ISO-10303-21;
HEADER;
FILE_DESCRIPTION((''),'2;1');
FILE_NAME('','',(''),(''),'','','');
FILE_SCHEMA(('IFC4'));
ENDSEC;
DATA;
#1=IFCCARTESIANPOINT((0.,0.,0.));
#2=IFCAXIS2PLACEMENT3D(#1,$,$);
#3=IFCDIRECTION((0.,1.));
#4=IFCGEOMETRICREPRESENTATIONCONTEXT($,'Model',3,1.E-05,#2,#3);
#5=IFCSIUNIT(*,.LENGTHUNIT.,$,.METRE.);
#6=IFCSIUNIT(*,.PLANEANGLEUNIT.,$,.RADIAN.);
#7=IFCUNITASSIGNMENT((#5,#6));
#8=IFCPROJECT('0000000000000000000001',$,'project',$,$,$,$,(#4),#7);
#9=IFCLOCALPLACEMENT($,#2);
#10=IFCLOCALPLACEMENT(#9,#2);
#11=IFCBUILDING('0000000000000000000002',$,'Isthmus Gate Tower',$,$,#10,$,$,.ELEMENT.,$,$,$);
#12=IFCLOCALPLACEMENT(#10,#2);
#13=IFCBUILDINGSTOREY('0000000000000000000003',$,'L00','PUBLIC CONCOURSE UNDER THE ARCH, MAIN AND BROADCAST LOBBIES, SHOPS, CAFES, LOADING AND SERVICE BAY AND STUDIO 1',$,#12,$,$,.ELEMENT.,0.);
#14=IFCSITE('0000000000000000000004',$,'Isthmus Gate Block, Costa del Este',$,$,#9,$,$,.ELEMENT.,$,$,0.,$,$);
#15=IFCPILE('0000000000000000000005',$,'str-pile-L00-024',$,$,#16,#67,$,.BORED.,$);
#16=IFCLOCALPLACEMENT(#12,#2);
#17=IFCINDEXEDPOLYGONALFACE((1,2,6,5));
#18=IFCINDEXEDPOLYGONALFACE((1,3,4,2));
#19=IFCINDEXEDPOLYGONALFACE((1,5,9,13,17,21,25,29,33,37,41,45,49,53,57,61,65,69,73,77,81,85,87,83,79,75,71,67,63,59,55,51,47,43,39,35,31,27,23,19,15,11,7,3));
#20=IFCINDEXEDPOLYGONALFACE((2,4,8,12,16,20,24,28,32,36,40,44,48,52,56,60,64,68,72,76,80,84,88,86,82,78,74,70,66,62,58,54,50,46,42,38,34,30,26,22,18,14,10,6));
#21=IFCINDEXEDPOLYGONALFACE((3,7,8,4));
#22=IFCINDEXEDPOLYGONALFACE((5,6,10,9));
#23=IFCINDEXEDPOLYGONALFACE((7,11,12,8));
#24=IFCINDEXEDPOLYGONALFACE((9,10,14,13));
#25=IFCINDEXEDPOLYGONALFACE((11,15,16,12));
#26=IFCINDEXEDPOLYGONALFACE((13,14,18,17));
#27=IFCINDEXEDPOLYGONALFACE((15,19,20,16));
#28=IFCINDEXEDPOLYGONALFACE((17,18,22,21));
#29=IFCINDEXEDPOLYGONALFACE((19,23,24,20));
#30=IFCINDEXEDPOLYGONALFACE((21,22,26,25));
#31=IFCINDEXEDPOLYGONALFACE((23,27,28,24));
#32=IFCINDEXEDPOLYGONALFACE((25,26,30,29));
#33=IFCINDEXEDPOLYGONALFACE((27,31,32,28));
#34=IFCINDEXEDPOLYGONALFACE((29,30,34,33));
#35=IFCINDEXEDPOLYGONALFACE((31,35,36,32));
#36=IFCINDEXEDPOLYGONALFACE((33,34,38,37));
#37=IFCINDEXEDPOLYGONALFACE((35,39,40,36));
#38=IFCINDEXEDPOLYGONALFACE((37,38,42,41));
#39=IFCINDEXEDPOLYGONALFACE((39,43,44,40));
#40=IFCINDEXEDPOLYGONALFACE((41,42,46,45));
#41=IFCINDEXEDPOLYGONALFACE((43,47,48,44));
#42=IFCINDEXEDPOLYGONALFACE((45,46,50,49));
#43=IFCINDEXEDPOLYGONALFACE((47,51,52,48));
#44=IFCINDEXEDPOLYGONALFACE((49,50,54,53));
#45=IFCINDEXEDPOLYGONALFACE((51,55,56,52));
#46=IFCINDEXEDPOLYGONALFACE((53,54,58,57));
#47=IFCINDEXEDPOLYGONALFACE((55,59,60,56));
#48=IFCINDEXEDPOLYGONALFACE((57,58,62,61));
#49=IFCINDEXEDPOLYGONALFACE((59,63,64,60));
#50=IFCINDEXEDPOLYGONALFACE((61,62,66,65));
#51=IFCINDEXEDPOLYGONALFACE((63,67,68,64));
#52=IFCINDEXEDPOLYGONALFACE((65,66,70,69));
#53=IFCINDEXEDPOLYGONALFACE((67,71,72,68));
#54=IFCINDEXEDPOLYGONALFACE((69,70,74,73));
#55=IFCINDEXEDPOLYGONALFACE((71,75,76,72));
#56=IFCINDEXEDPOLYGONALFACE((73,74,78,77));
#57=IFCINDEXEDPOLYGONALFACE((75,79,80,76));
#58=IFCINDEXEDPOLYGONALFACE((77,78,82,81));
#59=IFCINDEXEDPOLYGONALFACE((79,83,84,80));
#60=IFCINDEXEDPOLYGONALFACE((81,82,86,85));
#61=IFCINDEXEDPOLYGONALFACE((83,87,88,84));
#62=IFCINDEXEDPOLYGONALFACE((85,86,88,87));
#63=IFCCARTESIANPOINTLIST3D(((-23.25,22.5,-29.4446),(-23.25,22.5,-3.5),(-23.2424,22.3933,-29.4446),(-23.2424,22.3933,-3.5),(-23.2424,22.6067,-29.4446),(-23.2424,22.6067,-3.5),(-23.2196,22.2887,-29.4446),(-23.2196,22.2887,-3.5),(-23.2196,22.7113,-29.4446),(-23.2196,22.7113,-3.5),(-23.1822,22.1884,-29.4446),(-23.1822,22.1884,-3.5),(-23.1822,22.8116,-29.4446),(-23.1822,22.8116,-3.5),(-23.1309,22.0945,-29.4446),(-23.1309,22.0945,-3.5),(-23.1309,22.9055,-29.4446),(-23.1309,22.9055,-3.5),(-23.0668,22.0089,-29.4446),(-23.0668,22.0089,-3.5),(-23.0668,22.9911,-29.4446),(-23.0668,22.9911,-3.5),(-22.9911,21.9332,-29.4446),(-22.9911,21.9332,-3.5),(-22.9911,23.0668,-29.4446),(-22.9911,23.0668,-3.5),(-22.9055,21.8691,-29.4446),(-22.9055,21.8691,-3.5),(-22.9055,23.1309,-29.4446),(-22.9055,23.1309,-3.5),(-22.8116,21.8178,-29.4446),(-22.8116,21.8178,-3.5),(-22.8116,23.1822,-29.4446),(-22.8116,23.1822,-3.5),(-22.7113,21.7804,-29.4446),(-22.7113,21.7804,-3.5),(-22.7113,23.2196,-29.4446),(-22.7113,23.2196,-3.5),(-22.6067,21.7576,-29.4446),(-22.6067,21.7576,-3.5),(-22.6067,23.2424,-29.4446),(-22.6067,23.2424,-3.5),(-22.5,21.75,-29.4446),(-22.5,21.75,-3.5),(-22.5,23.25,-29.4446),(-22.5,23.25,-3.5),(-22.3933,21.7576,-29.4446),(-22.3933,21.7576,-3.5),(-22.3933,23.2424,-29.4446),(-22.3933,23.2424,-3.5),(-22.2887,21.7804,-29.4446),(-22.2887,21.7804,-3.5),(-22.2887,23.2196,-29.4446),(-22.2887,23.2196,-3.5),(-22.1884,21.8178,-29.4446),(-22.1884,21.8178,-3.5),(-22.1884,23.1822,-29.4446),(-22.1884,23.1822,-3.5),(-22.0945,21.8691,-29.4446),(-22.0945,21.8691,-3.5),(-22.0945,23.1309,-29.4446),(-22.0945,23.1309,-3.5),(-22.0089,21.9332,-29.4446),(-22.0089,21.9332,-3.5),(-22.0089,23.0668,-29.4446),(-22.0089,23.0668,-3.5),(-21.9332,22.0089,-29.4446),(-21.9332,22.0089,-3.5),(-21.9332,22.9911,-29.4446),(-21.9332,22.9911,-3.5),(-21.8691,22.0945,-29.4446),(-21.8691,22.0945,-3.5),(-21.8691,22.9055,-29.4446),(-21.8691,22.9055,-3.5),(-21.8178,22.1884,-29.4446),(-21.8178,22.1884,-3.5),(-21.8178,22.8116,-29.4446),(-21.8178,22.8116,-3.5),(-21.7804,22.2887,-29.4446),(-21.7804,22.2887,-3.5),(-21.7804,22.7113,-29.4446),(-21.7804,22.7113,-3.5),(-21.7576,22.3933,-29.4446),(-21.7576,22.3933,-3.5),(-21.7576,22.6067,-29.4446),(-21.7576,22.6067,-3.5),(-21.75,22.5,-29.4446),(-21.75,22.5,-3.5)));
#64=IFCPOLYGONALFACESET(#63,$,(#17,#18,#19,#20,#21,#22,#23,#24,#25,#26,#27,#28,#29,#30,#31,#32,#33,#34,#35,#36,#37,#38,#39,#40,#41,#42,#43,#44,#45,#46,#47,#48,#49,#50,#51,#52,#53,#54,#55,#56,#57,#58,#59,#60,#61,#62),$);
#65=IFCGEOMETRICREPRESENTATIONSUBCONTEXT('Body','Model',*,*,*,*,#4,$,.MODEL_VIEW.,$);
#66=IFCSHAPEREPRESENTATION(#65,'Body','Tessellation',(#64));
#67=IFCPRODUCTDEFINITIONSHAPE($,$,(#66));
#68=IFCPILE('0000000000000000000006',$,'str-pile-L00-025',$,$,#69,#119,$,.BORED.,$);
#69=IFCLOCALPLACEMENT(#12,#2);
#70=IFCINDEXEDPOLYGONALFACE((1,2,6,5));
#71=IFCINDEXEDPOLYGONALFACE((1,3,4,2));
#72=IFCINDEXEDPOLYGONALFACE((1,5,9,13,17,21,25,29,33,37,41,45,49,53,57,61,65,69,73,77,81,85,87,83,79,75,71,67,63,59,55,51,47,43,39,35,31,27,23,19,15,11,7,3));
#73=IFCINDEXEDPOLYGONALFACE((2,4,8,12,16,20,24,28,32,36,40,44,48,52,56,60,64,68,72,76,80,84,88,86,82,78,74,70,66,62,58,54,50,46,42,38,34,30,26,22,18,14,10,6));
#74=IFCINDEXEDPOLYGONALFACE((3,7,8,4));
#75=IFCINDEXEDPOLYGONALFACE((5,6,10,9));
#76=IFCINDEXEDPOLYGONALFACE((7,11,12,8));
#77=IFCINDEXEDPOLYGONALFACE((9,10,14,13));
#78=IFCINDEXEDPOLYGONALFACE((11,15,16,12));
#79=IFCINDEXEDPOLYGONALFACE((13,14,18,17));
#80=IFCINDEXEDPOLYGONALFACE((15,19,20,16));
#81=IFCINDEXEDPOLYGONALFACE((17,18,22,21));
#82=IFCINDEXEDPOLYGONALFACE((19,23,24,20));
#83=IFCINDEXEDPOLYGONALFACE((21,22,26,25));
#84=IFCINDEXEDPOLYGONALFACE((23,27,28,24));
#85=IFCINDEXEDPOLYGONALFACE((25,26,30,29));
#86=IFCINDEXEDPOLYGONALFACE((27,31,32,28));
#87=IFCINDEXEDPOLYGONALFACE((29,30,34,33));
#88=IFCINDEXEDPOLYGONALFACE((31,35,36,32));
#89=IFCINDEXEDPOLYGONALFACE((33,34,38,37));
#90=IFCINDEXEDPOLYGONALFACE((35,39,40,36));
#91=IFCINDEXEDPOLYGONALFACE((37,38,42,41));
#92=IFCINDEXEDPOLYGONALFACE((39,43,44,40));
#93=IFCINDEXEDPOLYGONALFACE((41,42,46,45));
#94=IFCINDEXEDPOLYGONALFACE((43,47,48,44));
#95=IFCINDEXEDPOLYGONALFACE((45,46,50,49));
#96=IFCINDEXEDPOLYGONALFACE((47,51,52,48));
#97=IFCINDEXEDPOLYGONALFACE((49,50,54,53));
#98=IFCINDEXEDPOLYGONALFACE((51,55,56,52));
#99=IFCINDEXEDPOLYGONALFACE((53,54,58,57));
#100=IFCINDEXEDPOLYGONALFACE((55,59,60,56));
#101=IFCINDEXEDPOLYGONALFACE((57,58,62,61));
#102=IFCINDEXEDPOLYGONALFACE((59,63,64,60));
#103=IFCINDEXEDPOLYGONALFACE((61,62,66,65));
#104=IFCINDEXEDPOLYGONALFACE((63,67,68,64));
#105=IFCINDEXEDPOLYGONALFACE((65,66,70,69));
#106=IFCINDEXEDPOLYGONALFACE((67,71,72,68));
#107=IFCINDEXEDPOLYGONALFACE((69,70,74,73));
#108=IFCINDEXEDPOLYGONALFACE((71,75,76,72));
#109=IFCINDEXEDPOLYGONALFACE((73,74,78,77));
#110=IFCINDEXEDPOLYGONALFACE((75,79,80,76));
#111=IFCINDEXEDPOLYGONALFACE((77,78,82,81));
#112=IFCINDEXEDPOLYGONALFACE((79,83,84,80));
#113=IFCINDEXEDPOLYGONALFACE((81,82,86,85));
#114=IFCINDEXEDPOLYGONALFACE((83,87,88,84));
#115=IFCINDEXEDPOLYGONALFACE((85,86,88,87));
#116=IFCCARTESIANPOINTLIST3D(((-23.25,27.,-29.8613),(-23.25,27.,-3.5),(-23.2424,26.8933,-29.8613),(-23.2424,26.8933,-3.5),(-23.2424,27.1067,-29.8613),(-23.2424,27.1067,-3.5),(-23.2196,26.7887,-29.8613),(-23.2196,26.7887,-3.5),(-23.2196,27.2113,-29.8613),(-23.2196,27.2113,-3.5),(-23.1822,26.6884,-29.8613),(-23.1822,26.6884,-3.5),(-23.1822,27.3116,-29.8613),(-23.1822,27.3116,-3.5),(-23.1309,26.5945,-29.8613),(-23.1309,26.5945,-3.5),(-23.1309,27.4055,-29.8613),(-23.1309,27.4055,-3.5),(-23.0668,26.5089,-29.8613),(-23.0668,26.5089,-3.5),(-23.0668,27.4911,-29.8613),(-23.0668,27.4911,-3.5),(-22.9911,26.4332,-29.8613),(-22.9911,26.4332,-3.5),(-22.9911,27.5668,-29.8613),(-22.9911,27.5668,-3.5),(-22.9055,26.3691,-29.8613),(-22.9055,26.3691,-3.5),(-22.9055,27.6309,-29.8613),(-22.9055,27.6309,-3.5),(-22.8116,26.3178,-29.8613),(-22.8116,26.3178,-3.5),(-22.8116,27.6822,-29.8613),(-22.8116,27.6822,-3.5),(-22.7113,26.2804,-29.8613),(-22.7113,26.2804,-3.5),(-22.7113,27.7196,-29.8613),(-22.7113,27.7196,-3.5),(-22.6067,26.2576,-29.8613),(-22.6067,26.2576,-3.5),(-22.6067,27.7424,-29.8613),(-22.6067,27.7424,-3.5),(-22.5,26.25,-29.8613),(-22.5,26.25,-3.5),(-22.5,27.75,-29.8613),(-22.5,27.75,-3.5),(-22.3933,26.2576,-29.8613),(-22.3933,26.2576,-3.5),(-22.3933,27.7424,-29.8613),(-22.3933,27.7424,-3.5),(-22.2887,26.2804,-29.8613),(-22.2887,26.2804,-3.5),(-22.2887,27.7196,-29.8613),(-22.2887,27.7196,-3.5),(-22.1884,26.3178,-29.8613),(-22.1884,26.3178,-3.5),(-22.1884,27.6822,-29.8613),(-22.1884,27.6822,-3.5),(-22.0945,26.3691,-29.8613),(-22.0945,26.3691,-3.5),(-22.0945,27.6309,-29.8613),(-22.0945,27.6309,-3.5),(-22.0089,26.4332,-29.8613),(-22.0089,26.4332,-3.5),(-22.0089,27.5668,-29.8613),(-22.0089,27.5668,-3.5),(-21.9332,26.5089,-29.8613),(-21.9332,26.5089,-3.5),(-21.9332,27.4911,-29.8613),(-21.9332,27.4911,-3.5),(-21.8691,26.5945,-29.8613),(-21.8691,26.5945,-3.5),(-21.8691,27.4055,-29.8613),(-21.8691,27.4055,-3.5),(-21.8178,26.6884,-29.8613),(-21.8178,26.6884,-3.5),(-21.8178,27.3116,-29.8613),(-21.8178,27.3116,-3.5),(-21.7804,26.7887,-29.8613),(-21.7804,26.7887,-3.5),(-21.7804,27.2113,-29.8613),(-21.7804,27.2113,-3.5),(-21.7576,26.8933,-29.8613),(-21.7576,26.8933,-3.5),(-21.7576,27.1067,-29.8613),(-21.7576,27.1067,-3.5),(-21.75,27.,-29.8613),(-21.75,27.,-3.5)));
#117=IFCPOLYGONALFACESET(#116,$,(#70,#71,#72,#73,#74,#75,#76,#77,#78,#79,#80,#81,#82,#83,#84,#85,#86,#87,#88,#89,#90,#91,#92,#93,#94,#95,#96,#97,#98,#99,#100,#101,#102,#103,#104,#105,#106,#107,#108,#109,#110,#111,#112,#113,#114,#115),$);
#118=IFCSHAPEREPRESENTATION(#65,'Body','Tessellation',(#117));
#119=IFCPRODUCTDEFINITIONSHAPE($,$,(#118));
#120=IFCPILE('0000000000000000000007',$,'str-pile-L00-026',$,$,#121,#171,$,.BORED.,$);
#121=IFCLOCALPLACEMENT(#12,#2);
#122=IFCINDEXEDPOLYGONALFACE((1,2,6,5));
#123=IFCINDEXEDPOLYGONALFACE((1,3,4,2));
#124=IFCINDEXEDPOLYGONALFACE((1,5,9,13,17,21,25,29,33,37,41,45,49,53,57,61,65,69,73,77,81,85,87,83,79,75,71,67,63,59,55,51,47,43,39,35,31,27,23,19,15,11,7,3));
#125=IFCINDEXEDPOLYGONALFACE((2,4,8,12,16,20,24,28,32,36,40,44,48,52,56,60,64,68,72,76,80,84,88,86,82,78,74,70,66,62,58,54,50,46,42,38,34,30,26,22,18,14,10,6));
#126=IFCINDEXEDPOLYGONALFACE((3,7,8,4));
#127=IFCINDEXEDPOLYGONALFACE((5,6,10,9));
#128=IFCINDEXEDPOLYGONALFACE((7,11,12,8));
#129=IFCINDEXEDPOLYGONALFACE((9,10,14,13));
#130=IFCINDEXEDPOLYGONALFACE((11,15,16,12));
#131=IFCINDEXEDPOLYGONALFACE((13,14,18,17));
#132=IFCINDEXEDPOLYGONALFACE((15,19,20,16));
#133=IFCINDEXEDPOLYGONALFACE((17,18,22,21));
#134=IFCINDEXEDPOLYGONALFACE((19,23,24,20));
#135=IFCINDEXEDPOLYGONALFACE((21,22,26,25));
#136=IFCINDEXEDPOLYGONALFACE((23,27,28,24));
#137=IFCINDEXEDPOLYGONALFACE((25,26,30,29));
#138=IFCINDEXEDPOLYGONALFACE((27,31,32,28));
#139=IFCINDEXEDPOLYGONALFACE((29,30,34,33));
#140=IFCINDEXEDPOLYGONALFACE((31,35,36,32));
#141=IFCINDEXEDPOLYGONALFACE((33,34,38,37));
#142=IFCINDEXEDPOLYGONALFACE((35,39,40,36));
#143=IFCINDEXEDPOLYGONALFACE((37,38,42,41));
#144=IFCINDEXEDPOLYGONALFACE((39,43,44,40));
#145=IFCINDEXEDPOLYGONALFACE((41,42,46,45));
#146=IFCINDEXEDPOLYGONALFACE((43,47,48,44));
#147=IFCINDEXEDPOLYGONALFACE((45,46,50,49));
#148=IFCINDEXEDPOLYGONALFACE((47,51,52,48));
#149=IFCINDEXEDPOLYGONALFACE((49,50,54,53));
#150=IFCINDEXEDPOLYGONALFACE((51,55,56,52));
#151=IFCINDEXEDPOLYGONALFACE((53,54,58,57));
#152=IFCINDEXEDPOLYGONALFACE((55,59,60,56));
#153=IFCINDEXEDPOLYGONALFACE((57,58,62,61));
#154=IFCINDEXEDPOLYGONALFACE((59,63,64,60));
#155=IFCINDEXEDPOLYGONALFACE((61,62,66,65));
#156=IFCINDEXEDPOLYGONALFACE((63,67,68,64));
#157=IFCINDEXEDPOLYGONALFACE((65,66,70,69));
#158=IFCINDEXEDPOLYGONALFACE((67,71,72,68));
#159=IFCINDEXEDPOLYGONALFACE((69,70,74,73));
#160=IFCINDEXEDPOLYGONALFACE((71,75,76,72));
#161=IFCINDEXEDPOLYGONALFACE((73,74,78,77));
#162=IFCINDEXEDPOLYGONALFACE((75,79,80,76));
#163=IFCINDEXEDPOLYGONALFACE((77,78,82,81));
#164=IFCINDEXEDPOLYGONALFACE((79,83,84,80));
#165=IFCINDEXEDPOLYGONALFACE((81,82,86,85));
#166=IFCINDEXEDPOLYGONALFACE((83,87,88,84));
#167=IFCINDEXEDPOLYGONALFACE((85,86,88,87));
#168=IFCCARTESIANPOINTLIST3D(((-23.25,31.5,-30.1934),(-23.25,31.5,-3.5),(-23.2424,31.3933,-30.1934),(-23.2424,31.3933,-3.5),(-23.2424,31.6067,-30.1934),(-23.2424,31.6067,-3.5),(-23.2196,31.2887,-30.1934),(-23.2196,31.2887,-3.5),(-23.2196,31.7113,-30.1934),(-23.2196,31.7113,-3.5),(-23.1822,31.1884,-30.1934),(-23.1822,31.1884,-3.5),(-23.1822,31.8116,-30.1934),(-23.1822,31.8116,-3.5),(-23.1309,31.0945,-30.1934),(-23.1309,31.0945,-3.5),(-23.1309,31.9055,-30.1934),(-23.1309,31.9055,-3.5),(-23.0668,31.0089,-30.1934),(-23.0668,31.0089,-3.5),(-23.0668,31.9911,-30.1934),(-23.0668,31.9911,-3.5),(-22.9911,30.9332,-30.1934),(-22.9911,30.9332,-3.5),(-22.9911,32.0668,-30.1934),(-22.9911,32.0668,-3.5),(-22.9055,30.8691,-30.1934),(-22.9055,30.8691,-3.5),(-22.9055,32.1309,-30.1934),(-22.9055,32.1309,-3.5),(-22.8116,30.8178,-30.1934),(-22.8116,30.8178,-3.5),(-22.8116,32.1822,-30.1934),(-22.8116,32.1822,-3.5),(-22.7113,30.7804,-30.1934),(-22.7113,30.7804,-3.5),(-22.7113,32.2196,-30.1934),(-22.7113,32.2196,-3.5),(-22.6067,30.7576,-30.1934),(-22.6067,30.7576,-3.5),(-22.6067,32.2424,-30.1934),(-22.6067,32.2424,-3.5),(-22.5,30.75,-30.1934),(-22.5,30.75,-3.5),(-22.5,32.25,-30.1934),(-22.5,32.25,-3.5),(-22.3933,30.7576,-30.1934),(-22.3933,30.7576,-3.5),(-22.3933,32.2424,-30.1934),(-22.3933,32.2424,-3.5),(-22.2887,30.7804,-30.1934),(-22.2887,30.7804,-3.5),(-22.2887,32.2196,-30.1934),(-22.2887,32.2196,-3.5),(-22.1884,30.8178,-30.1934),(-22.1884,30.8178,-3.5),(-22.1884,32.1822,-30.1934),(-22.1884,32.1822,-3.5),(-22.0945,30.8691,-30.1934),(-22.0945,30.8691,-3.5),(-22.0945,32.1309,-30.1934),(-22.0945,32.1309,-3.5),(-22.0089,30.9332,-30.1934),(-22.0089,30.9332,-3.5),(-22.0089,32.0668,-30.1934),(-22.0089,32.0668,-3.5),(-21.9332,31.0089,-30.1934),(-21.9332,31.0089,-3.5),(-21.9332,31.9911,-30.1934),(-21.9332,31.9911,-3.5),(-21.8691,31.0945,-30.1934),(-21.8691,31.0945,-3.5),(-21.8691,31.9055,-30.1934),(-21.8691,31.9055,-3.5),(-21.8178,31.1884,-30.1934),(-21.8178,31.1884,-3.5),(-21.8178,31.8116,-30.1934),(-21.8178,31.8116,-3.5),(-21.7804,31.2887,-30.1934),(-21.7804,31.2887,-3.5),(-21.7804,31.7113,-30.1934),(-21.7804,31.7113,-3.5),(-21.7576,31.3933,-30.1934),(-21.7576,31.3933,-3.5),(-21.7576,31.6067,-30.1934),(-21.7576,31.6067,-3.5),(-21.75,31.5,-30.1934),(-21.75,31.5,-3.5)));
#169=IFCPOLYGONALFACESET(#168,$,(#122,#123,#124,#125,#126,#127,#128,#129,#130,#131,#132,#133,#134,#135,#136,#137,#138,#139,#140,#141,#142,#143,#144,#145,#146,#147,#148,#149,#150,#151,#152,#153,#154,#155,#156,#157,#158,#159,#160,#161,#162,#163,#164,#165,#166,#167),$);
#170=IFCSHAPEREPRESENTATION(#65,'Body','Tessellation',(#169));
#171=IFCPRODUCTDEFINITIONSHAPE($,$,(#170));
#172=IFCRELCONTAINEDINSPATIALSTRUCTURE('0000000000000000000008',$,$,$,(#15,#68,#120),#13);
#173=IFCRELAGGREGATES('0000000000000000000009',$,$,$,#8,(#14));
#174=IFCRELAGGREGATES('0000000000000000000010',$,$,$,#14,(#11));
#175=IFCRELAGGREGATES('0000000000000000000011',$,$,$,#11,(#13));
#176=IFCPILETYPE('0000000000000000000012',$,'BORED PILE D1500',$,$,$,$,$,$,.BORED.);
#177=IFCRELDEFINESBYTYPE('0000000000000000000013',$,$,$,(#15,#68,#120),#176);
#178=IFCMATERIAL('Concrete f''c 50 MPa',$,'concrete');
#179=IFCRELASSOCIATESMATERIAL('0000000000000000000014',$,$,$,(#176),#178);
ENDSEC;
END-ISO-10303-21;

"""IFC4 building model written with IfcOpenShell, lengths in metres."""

from ifc_helpers import new_model, si_unit, direction, frame, origin, origin_2d, place, context, subcontext, project, spatial, circle, extrude, material, material_profile, profile_set, type_object, element, save


model = new_model("IFC4")

# Units and contexts
model_context = context("Model", 3, precision=1e-05, world=origin(), true_north=direction((0.0, 1.0)))
body_context = subcontext(model_context, "Body", "Model", "MODEL_VIEW")
ifc_project = project(units=[si_unit("LENGTHUNIT", "METRE"), si_unit("PLANEANGLEUNIT", "RADIAN")], contexts=[model_context])

# Site, building, storey
site_placement = place(None, origin())
site = spatial("IfcSite", under=ifc_project, at=site_placement, Name="Isthmus Gate Block, Costa del Este", CompositionType="ELEMENT", RefElevation=0.0)
building_placement = place(site_placement, origin())
building = spatial("IfcBuilding", under=site, at=building_placement, Name="Isthmus Gate Tower", CompositionType="ELEMENT")
storey_placement = place(building_placement, origin())
storey = spatial("IfcBuildingStorey", under=building, at=storey_placement, Name="L00", Description="PUBLIC CONCOURSE UNDER THE ARCH, MAIN AND BROADCAST LOBBIES, SHOPS, CAFES, LOADING AND SERVICE BAY AND STUDIO 1", CompositionType="ELEMENT", Elevation=0.0)

# Piles
ifc_material_1 = material(Name="Concrete f'c 50 MPa", Category="concrete")
ifc_material_profile_1 = material_profile(ifc_material_1, circle(Radius=0.75, at=origin_2d()), Name="D1500")
ifc_profile_set_1 = profile_set([ifc_material_profile_1], Name="Concrete f'c 50 MPa")
pile_type_1 = type_object("IfcPileType", Name="BORED PILE D1500", PredefinedType="BORED", material=ifc_profile_set_1)
pile_1_placement = place(storey_placement, frame((-22.5, 22.5, -3.5), z_axis=(0.0, 0.0, -1.0), x_axis=(1.0, 0.0, 0.0)))
element("IfcPile", 1, at=pile_1_placement, inside=storey, type_object=pile_type_1, Name="str-pile-L00-024", PredefinedType="BORED", context=body_context, shape_type="SweptSolid", body=[
    extrude(circle(Radius=0.75, at=origin_2d()), origin(), (0.0, 0.0, 1.0), 25.9446),
])
pile_2_placement = place(storey_placement, frame((-22.5, 27.0, -3.5), z_axis=(0.0, 0.0, -1.0), x_axis=(1.0, 0.0, 0.0)))
element("IfcPile", 2, at=pile_2_placement, inside=storey, type_object=pile_type_1, Name="str-pile-L00-025", PredefinedType="BORED", context=body_context, shape_type="SweptSolid", body=[
    extrude(circle(Radius=0.75, at=origin_2d()), origin(), (0.0, 0.0, 1.0), 26.3613),
])
pile_3_placement = place(storey_placement, frame((-22.5, 31.5, -3.5), z_axis=(0.0, 0.0, -1.0), x_axis=(1.0, 0.0, 0.0)))
element("IfcPile", 3, at=pile_3_placement, inside=storey, type_object=pile_type_1, Name="str-pile-L00-026", PredefinedType="BORED", context=body_context, shape_type="SweptSolid", body=[
    extrude(circle(Radius=0.75, at=origin_2d()), origin(), (0.0, 0.0, 1.0), 26.6934),
])

save(model, "model.ifc")
